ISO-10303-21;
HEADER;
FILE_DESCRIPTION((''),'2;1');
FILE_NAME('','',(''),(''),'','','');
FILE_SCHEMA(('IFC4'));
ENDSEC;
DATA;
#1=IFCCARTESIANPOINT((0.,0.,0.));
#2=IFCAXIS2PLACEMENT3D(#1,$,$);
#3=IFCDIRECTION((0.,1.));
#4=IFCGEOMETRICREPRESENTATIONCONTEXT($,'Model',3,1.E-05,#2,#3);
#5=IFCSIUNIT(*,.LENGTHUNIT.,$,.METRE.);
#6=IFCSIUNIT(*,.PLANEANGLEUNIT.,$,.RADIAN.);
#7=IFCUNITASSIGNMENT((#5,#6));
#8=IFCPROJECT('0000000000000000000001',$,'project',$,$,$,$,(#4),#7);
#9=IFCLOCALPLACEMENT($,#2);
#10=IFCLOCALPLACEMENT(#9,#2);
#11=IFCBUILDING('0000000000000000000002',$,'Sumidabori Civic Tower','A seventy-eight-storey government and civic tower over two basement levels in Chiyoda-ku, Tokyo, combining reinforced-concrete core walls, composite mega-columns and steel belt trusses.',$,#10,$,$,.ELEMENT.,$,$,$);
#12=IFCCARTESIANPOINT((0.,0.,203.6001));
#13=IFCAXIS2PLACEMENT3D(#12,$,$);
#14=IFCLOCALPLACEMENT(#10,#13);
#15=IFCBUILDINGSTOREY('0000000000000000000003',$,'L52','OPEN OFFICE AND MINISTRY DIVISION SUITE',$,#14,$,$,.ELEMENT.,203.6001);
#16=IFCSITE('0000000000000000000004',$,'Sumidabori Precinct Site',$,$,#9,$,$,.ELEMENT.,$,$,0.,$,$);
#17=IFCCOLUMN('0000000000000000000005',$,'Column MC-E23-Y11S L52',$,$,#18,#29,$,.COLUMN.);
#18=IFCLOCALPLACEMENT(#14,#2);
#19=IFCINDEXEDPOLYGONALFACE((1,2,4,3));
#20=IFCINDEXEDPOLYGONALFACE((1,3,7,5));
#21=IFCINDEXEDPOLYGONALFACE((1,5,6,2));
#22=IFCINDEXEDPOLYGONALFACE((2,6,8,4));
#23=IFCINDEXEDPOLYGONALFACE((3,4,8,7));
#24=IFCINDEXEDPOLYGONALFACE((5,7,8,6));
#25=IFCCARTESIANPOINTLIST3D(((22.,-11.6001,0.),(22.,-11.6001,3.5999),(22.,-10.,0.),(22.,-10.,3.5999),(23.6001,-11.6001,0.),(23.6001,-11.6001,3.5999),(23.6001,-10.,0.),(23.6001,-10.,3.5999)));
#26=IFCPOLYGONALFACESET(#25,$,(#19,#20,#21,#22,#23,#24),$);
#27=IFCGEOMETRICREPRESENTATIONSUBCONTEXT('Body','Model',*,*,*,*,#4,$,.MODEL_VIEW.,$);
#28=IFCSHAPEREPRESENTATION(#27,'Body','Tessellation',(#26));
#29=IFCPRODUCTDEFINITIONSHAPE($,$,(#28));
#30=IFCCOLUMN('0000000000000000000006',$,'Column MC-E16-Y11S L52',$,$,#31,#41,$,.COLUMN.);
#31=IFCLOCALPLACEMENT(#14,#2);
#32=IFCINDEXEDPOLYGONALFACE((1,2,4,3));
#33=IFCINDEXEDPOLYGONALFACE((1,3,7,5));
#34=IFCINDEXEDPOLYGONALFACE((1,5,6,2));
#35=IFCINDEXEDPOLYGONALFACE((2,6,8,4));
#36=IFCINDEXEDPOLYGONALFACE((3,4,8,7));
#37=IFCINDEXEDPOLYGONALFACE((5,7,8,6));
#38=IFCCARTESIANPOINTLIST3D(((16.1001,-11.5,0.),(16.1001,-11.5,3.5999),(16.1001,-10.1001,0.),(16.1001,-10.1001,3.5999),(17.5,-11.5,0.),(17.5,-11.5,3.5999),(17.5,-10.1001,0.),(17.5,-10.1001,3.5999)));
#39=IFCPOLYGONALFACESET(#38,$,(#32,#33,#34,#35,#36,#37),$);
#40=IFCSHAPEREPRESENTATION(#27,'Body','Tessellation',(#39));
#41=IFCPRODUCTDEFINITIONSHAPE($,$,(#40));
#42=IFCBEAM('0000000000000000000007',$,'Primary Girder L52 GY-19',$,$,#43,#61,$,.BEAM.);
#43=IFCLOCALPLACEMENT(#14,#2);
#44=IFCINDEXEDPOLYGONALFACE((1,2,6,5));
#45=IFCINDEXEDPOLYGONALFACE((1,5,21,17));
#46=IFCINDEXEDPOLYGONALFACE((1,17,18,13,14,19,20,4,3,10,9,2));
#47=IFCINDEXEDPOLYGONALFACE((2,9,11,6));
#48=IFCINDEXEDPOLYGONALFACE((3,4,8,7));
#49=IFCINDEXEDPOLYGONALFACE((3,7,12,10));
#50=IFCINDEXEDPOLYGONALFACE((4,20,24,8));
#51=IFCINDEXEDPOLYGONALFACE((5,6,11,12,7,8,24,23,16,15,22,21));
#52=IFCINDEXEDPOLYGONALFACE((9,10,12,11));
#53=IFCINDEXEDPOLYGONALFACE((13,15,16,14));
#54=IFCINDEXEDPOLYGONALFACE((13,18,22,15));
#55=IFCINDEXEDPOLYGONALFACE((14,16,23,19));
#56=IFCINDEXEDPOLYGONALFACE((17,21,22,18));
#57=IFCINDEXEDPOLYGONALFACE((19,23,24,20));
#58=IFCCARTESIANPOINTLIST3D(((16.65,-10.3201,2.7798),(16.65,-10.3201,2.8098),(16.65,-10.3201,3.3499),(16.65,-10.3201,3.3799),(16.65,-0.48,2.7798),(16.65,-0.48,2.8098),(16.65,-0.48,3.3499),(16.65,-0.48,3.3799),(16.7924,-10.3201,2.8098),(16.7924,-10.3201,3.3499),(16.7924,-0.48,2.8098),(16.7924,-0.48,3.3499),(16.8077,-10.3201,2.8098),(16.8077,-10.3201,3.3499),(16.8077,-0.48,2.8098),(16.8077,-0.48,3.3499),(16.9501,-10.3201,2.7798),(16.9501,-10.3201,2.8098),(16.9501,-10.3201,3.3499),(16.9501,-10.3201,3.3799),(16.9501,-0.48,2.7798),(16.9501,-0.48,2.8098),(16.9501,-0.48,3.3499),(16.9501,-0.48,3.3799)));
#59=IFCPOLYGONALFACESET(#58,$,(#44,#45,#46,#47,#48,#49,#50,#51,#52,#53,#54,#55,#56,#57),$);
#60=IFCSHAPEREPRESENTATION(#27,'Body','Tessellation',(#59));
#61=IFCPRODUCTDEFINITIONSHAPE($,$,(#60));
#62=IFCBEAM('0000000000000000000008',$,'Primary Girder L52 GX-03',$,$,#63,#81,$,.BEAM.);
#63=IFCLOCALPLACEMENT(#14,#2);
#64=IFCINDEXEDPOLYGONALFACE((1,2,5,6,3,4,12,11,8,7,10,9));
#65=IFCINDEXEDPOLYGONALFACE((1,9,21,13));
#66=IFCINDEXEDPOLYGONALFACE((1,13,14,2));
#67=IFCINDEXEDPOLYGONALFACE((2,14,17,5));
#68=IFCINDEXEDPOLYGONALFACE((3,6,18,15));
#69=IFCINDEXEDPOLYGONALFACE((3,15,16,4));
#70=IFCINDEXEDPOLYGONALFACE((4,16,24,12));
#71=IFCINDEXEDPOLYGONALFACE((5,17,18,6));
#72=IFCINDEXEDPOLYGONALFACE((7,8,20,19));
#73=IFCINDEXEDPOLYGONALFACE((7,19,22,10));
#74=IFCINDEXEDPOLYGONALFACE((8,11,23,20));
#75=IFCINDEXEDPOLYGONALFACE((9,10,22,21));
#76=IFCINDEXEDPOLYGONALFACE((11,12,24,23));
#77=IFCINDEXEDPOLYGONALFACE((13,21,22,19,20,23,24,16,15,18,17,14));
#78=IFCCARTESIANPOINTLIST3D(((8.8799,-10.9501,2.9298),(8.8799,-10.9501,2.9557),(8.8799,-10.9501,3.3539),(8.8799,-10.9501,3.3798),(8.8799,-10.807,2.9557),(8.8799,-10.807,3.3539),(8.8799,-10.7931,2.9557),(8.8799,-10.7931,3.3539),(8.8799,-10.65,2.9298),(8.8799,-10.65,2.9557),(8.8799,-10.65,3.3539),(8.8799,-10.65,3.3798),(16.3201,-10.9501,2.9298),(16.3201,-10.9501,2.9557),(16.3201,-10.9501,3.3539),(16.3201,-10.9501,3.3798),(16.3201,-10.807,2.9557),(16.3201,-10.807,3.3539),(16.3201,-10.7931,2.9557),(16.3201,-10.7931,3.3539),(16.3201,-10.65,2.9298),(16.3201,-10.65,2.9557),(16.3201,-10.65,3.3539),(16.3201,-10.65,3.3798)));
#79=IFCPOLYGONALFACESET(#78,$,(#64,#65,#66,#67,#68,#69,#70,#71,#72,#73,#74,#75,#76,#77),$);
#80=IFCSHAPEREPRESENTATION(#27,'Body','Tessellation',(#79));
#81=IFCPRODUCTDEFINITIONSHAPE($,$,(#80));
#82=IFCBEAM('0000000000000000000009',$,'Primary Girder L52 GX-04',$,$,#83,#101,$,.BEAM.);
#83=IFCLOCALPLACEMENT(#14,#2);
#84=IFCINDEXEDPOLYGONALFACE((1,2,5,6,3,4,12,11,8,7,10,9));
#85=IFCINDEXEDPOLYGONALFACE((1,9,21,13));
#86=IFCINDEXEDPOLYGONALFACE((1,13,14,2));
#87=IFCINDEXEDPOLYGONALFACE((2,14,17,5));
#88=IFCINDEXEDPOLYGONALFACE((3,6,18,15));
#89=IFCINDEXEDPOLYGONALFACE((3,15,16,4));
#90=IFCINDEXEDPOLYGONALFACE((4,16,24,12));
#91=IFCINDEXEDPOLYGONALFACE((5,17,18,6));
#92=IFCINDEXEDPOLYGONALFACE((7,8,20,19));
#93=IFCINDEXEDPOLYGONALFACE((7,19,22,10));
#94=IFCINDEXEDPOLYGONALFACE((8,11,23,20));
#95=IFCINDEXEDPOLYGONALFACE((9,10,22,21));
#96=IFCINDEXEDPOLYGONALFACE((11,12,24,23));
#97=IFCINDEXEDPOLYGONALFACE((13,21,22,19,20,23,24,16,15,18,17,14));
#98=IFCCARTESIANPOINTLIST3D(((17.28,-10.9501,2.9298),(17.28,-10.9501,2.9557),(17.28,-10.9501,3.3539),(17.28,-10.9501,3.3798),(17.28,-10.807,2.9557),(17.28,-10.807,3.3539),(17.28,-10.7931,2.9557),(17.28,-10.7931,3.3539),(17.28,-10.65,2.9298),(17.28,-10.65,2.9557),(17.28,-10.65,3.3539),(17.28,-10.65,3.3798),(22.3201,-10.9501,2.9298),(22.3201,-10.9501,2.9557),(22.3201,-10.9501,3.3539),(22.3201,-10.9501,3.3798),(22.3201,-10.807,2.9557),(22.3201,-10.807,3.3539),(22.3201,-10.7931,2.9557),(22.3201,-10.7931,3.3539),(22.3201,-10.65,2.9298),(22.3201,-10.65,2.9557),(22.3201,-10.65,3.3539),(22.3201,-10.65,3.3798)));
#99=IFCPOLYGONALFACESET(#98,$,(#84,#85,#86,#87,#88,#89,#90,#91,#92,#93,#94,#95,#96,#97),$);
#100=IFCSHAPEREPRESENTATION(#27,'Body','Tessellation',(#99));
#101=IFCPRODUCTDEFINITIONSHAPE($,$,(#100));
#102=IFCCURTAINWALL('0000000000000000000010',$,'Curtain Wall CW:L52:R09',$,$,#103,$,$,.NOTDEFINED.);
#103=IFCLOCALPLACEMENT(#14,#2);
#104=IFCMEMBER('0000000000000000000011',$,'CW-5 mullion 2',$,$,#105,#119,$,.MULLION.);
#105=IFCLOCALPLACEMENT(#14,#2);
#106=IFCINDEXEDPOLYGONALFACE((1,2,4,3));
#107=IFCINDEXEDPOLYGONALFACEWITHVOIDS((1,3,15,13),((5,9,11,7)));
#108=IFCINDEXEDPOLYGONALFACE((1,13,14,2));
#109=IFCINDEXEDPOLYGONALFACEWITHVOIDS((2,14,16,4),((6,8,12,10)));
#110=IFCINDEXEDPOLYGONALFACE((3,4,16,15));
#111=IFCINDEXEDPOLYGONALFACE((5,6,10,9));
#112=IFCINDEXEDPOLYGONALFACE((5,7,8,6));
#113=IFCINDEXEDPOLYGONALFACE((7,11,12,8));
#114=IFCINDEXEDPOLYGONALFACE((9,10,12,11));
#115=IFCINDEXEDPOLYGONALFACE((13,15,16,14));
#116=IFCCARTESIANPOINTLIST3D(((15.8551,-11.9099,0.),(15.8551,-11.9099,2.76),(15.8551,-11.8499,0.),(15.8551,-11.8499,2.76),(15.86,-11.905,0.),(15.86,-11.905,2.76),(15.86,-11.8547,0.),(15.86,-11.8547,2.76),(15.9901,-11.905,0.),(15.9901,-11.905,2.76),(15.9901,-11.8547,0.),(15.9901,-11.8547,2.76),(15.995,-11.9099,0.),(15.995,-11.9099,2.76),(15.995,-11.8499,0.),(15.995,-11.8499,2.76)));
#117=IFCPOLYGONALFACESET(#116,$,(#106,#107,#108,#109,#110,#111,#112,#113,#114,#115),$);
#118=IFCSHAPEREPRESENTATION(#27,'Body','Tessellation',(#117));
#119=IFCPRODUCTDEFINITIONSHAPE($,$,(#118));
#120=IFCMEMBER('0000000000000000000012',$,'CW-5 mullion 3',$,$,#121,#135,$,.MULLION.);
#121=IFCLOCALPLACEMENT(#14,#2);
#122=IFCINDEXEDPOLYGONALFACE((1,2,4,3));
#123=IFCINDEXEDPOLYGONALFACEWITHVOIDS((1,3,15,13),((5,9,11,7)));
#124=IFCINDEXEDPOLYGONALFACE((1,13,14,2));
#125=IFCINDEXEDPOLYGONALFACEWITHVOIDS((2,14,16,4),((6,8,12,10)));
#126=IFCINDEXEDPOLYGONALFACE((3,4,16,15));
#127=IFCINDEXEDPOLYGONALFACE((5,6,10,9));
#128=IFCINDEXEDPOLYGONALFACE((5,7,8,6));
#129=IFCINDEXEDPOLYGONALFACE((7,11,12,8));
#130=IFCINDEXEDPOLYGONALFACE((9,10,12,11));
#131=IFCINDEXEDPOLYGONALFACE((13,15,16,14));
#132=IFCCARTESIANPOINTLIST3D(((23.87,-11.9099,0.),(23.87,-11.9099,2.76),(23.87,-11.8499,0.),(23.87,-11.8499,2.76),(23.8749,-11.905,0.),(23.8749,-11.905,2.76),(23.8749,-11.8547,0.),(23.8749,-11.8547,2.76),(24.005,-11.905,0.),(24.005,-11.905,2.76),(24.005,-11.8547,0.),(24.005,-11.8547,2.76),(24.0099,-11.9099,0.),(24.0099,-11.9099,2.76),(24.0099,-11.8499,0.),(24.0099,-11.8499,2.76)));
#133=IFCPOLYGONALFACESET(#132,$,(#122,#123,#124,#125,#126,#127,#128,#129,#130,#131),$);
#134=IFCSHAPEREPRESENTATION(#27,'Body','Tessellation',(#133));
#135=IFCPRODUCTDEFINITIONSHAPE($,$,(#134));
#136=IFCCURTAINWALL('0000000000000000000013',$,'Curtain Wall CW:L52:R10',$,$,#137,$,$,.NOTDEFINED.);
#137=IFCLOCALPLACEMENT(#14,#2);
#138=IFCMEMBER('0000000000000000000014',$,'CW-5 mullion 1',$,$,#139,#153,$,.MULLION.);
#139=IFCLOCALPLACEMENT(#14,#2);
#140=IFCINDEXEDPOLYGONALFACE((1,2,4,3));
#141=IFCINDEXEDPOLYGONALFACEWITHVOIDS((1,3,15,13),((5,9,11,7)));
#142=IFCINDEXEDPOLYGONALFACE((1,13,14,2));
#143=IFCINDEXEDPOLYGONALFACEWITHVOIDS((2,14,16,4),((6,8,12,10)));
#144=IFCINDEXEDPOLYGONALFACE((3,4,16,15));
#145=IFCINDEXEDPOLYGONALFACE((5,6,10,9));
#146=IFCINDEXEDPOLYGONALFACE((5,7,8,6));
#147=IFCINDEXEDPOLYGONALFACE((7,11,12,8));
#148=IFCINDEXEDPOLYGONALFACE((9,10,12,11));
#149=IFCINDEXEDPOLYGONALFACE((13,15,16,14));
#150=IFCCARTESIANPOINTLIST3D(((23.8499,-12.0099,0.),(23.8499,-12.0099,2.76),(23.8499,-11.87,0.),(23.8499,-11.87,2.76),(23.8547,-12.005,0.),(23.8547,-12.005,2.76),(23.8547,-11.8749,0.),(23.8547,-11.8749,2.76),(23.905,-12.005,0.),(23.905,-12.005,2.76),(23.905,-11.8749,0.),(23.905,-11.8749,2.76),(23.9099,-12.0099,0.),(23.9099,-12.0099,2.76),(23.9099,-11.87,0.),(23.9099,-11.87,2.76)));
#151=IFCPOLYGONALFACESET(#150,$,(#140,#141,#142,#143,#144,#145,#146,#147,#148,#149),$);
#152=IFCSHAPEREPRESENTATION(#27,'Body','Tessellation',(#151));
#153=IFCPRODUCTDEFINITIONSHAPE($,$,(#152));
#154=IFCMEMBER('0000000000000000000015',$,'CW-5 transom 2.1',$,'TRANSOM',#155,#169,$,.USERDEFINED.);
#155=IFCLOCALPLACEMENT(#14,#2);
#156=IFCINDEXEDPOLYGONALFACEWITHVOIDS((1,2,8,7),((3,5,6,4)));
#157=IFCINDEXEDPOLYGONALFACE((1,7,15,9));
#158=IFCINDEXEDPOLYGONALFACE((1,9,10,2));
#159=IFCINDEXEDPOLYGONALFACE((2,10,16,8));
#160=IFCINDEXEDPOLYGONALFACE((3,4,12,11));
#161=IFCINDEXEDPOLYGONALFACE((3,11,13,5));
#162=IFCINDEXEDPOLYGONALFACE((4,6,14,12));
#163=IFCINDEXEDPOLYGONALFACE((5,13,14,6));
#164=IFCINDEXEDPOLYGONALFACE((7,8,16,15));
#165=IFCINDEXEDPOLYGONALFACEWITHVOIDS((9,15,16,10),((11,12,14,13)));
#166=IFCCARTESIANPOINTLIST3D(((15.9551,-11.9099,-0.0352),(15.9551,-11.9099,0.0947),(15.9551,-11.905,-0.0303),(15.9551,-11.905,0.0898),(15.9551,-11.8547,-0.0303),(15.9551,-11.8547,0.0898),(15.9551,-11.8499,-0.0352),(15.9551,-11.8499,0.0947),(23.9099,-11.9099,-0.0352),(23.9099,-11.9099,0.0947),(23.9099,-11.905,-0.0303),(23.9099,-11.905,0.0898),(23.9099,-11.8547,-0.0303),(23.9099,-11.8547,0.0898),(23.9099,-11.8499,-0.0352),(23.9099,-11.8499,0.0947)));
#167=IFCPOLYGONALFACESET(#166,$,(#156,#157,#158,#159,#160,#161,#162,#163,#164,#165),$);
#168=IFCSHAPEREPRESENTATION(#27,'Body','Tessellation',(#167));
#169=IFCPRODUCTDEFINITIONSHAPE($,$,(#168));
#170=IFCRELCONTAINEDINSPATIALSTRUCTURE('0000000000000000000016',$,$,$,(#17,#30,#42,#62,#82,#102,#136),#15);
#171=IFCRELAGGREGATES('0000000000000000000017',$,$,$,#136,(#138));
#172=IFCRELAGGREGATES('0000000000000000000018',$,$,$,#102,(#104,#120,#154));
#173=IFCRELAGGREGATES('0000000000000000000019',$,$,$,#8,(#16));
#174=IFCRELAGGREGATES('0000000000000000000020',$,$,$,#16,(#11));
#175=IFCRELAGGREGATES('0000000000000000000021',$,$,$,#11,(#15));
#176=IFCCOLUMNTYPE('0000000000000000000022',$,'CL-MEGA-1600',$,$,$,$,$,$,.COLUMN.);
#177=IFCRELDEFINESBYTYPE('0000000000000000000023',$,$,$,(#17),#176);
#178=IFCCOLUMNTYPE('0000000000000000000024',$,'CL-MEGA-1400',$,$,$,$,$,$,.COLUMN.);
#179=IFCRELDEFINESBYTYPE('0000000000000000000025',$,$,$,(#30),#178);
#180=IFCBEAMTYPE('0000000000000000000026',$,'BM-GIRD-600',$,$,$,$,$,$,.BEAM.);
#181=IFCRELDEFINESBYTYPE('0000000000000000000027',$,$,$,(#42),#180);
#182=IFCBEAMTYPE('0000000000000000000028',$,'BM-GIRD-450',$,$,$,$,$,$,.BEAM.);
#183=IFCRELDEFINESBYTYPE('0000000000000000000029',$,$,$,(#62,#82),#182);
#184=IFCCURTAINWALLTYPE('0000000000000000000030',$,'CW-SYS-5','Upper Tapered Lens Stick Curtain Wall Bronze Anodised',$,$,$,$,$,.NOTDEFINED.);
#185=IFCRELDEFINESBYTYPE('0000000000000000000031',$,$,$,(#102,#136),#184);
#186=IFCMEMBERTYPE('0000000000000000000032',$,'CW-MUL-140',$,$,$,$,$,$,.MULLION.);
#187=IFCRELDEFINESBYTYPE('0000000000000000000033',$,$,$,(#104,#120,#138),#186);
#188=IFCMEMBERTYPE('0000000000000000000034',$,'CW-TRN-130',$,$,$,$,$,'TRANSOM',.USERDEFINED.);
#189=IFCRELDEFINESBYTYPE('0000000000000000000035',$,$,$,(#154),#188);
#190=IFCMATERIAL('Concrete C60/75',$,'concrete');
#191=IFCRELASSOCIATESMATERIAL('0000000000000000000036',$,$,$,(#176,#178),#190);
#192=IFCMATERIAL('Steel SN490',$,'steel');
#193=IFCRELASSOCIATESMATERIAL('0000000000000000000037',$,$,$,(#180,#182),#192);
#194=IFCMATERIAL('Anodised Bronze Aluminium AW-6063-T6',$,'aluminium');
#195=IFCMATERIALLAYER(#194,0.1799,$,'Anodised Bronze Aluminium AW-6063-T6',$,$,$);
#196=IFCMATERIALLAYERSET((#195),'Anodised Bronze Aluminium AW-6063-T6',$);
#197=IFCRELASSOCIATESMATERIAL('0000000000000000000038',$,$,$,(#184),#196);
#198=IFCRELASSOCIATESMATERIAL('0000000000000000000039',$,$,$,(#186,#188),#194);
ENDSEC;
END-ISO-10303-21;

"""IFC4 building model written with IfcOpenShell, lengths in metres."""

from ifc_helpers import new_model, si_unit, direction, frame, origin, origin_2d, place, context, subcontext, project, spatial, rectangle, hollow_rectangle, i_section, extrude, source, transform, mapped, material, layer, layer_set, material_profile, profile_set, type_object, element, aggregate, save


model = new_model("IFC4")

# Units and contexts
model_context = context("Model", 3, precision=1e-05, world=origin(), true_north=direction((0.0, 1.0)))
body_context = subcontext(model_context, "Body", "Model", "MODEL_VIEW")
ifc_project = project(units=[si_unit("LENGTHUNIT", "METRE"), si_unit("PLANEANGLEUNIT", "RADIAN")], contexts=[model_context])

# Site, building, storey
site_placement = place(None, origin())
site = spatial("IfcSite", under=ifc_project, at=site_placement, Name="Sumidabori Precinct Site", CompositionType="ELEMENT", RefElevation=0.0)
building_placement = place(site_placement, origin())
building = spatial("IfcBuilding", under=site, at=building_placement, Name="Sumidabori Civic Tower", Description="A seventy-eight-storey government and civic tower over two basement levels in Chiyoda-ku, Tokyo, combining reinforced-concrete core walls, composite mega-columns and steel belt trusses.", CompositionType="ELEMENT")
storey_placement = place(building_placement, frame((0.0, 0.0, 203.6001)))
storey = spatial("IfcBuildingStorey", under=building, at=storey_placement, Name="L52", Description="OPEN OFFICE AND MINISTRY DIVISION SUITE", CompositionType="ELEMENT", Elevation=203.6001)

# Columns
ifc_material_1 = material(Name="Concrete C60/75", Category="concrete")
ifc_material_profile_1 = material_profile(ifc_material_1, rectangle(XDim=1.6001, YDim=1.6001, at=origin_2d()), Name="RC 1600x1600")
ifc_profile_set_1 = profile_set([ifc_material_profile_1], Name="Concrete C60/75")
column_type_1 = type_object("IfcColumnType", Name="CL-MEGA-1600", PredefinedType="COLUMN", material=ifc_profile_set_1)
shared_shape_1 = source(origin(), body_context, "Body", "SweptSolid", [
    extrude(rectangle(XDim=1.6001, YDim=1.6001, at=origin_2d()), origin(), (0.0, 0.0, 1.0), 3.5999),
])
column_1_placement = place(storey_placement, frame((22.8, -10.8, 0.0), z_axis=(0.0, 0.0, 1.0), x_axis=(1.0, 0.0, 0.0)))
element("IfcColumn", 1, at=column_1_placement, inside=storey, type_object=column_type_1, Name="Column MC-E23-Y11S L52", PredefinedType="COLUMN", context=body_context, shape_type="MappedRepresentation", body=[
    mapped(shared_shape_1, transform((0.0, 0.0, 0.0), x_axis=(1.0, 0.0, 0.0), y_axis=(0.0, 1.0, 0.0), z_axis=(0.0, 0.0, 1.0), scale=1.0)),
])
ifc_material_profile_2 = material_profile(ifc_material_1, rectangle(XDim=1.3999, YDim=1.3999, at=origin_2d()), Name="RC 1400x1400")
ifc_profile_set_2 = profile_set([ifc_material_profile_2], Name="Concrete C60/75")
column_type_2 = type_object("IfcColumnType", Name="CL-MEGA-1400", PredefinedType="COLUMN", material=ifc_profile_set_2)
shared_shape_2 = source(origin(), body_context, "Body", "SweptSolid", [
    extrude(rectangle(XDim=1.3999, YDim=1.3999, at=origin_2d()), origin(), (0.0, 0.0, 1.0), 3.5999),
])
column_2_placement = place(storey_placement, frame((16.8, -10.8, 0.0), z_axis=(0.0, 0.0, 1.0), x_axis=(1.0, 0.0, 0.0)))
element("IfcColumn", 2, at=column_2_placement, inside=storey, type_object=column_type_2, Name="Column MC-E16-Y11S L52", PredefinedType="COLUMN", context=body_context, shape_type="MappedRepresentation", body=[
    mapped(shared_shape_2, transform((0.0, 0.0, 0.0), x_axis=(1.0, 0.0, 0.0), y_axis=(0.0, 1.0, 0.0), z_axis=(0.0, 0.0, 1.0), scale=1.0)),
])

# Beams
ifc_material_2 = material(Name="Steel SN490", Category="steel")
ifc_material_profile_3 = material_profile(ifc_material_2, i_section(OverallWidth=0.3, OverallDepth=0.6001, WebThickness=0.0154, FlangeThickness=0.03, at=origin_2d()), Name="HE 600 B")
ifc_profile_set_3 = profile_set([ifc_material_profile_3], Name="Steel SN490")
beam_type_1 = type_object("IfcBeamType", Name="BM-GIRD-600", PredefinedType="BEAM", material=ifc_profile_set_3)
shared_shape_3 = source(origin(), body_context, "Body", "SweptSolid", [
    extrude(i_section(OverallWidth=0.3, OverallDepth=0.6001, WebThickness=0.0154, FlangeThickness=0.03, at=origin_2d()), origin(), (0.0, 0.0, 1.0), 9.8401),
])
beam_1_placement = place(storey_placement, frame((16.8, -10.3201, 3.0798), z_axis=(0.0, 1.0, 0.0), x_axis=(-1.0, 0.0, 0.0)))
element("IfcBeam", 3, at=beam_1_placement, inside=storey, type_object=beam_type_1, Name="Primary Girder L52 GY-19", PredefinedType="BEAM", context=body_context, shape_type="MappedRepresentation", body=[
    mapped(shared_shape_3, transform((0.0, 0.0, 0.0), x_axis=(1.0, 0.0, 0.0), y_axis=(0.0, 1.0, 0.0), z_axis=(0.0, 0.0, 1.0), scale=1.0)),
])
ifc_material_profile_4 = material_profile(ifc_material_2, i_section(OverallWidth=0.3, OverallDepth=0.45, WebThickness=0.0139, FlangeThickness=0.0259, at=origin_2d()), Name="HE 450 B")
ifc_profile_set_4 = profile_set([ifc_material_profile_4], Name="Steel SN490")
beam_type_2 = type_object("IfcBeamType", Name="BM-GIRD-450", PredefinedType="BEAM", material=ifc_profile_set_4)
shared_shape_4 = source(origin(), body_context, "Body", "SweptSolid", [
    extrude(i_section(OverallWidth=0.3, OverallDepth=0.45, WebThickness=0.0139, FlangeThickness=0.0259, at=origin_2d()), origin(), (0.0, 0.0, 1.0), 7.4402),
])
beam_2_placement = place(storey_placement, frame((8.8799, -10.8, 3.1548), z_axis=(1.0, 0.0, 0.0), x_axis=(0.0, 1.0, 0.0)))
element("IfcBeam", 4, at=beam_2_placement, inside=storey, type_object=beam_type_2, Name="Primary Girder L52 GX-03", PredefinedType="BEAM", context=body_context, shape_type="MappedRepresentation", body=[
    mapped(shared_shape_4, transform((0.0, 0.0, 0.0), x_axis=(1.0, 0.0, 0.0), y_axis=(0.0, 1.0, 0.0), z_axis=(0.0, 0.0, 1.0), scale=1.0)),
])
shared_shape_5 = source(origin(), body_context, "Body", "SweptSolid", [
    extrude(i_section(OverallWidth=0.3, OverallDepth=0.45, WebThickness=0.0139, FlangeThickness=0.0259, at=origin_2d()), origin(), (0.0, 0.0, 1.0), 5.04),
])
beam_3_placement = place(storey_placement, frame((17.28, -10.8, 3.1548), z_axis=(1.0, 0.0, 0.0), x_axis=(0.0, 1.0, 0.0)))
element("IfcBeam", 5, at=beam_3_placement, inside=storey, type_object=beam_type_2, Name="Primary Girder L52 GX-04", PredefinedType="BEAM", context=body_context, shape_type="MappedRepresentation", body=[
    mapped(shared_shape_5, transform((0.0, 0.0, 0.0), x_axis=(1.0, 0.0, 0.0), y_axis=(0.0, 1.0, 0.0), z_axis=(0.0, 0.0, 1.0), scale=1.0)),
])

# Curtain wall, members
ifc_material_3 = material(Name="Anodised Bronze Aluminium AW-6063-T6", Category="aluminium")
ifc_layer_1 = layer(ifc_material_3, 0.1799, Name="Anodised Bronze Aluminium AW-6063-T6")
ifc_layer_set_1 = layer_set([ifc_layer_1], Name="Anodised Bronze Aluminium AW-6063-T6")
curtain_wall_type = type_object("IfcCurtainWallType", Name="CW-SYS-5", Description="Upper Tapered Lens Stick Curtain Wall Bronze Anodised", PredefinedType="NOTDEFINED", material=ifc_layer_set_1)
curtain_wall_1_placement = place(storey_placement, origin())
curtain_wall_1 = element("IfcCurtainWall", 6, at=curtain_wall_1_placement, inside=storey, type_object=curtain_wall_type, Name="Curtain Wall CW:L52:R09", PredefinedType="NOTDEFINED")
ifc_material_profile_5 = material_profile(ifc_material_3, hollow_rectangle(XDim=0.0601, YDim=0.1399, WallThickness=0.0049, at=origin_2d()), Name="ALU MULLION 140x60")
ifc_profile_set_5 = profile_set([ifc_material_profile_5], Name="Anodised Bronze Aluminium AW-6063-T6")
member_type_1 = type_object("IfcMemberType", Name="CW-MUL-140", PredefinedType="MULLION", material=ifc_profile_set_5)
shared_shape_6 = source(origin(), body_context, "Body", "SweptSolid", [
    extrude(hollow_rectangle(XDim=0.0601, YDim=0.1399, WallThickness=0.0049, at=origin_2d()), origin(), (0.0, 0.0, 1.0), 2.76),
])
member_1_placement = place(storey_placement, frame((15.925, -11.8799, 0.0), z_axis=(0.0, 0.0, 1.0), x_axis=(0.0, 1.0, 0.0)))
member_1 = element("IfcMember", 7, at=member_1_placement, type_object=member_type_1, Name="CW-5 mullion 2", PredefinedType="MULLION", context=body_context, shape_type="MappedRepresentation", body=[
    mapped(shared_shape_6, transform((0.0, 0.0, 0.0), x_axis=(1.0, 0.0, 0.0), y_axis=(0.0, 1.0, 0.0), z_axis=(0.0, 0.0, 1.0), scale=1.0)),
])
member_2_placement = place(storey_placement, frame((23.9399, -11.8799, 0.0), z_axis=(0.0, 0.0, 1.0), x_axis=(0.0, 1.0, 0.0)))
member_2 = element("IfcMember", 8, at=member_2_placement, type_object=member_type_1, Name="CW-5 mullion 3", PredefinedType="MULLION", context=body_context, shape_type="MappedRepresentation", body=[
    mapped(shared_shape_6, transform((0.0, 0.0, 0.0), x_axis=(1.0, 0.0, 0.0), y_axis=(0.0, 1.0, 0.0), z_axis=(0.0, 0.0, 1.0), scale=1.0)),
])

# Curtain wall, member
curtain_wall_2_placement = place(storey_placement, origin())
curtain_wall_2 = element("IfcCurtainWall", 9, at=curtain_wall_2_placement, inside=storey, type_object=curtain_wall_type, Name="Curtain Wall CW:L52:R10", PredefinedType="NOTDEFINED")
member_3_placement = place(storey_placement, frame((23.8799, -11.9399, 0.0), z_axis=(0.0, 0.0, 1.0), x_axis=(-1.0, 0.0, 0.0)))
member_3 = element("IfcMember", 10, at=member_3_placement, type_object=member_type_1, Name="CW-5 mullion 1", PredefinedType="MULLION", context=body_context, shape_type="MappedRepresentation", body=[
    mapped(shared_shape_6, transform((0.0, 0.0, 0.0), x_axis=(1.0, 0.0, 0.0), y_axis=(0.0, 1.0, 0.0), z_axis=(0.0, 0.0, 1.0), scale=1.0)),
])

# Member
ifc_material_profile_6 = material_profile(ifc_material_3, hollow_rectangle(XDim=0.0601, YDim=0.1299, WallThickness=0.0049, at=origin_2d()), Name="ALU TRANSOM 130x60")
ifc_profile_set_6 = profile_set([ifc_material_profile_6], Name="Anodised Bronze Aluminium AW-6063-T6")
member_type_2 = type_object("IfcMemberType", Name="CW-TRN-130", ElementType="TRANSOM", PredefinedType="USERDEFINED", material=ifc_profile_set_6)
shared_shape_7 = source(origin(), body_context, "Body", "SweptSolid", [
    extrude(hollow_rectangle(XDim=0.0601, YDim=0.1299, WallThickness=0.0049, at=origin_2d()), origin(), (0.0, 0.0, 1.0), 7.9548),
])
member_4_placement = place(storey_placement, frame((15.9551, -11.8799, 0.0298), z_axis=(1.0, 0.0, 0.0), x_axis=(0.0, 1.0, 0.0)))
member_4 = element("IfcMember", 11, at=member_4_placement, type_object=member_type_2, Name="CW-5 transom 2.1", ObjectType="TRANSOM", PredefinedType="USERDEFINED", context=body_context, shape_type="MappedRepresentation", body=[
    mapped(shared_shape_7, transform((0.0, 0.0, 0.0), x_axis=(1.0, 0.0, 0.0), y_axis=(0.0, 1.0, 0.0), z_axis=(0.0, 0.0, 1.0), scale=1.0)),
])
aggregate(curtain_wall_2, [member_3])

aggregate(curtain_wall_1, [member_1, member_2, member_4])

save(model, "model.ifc")
